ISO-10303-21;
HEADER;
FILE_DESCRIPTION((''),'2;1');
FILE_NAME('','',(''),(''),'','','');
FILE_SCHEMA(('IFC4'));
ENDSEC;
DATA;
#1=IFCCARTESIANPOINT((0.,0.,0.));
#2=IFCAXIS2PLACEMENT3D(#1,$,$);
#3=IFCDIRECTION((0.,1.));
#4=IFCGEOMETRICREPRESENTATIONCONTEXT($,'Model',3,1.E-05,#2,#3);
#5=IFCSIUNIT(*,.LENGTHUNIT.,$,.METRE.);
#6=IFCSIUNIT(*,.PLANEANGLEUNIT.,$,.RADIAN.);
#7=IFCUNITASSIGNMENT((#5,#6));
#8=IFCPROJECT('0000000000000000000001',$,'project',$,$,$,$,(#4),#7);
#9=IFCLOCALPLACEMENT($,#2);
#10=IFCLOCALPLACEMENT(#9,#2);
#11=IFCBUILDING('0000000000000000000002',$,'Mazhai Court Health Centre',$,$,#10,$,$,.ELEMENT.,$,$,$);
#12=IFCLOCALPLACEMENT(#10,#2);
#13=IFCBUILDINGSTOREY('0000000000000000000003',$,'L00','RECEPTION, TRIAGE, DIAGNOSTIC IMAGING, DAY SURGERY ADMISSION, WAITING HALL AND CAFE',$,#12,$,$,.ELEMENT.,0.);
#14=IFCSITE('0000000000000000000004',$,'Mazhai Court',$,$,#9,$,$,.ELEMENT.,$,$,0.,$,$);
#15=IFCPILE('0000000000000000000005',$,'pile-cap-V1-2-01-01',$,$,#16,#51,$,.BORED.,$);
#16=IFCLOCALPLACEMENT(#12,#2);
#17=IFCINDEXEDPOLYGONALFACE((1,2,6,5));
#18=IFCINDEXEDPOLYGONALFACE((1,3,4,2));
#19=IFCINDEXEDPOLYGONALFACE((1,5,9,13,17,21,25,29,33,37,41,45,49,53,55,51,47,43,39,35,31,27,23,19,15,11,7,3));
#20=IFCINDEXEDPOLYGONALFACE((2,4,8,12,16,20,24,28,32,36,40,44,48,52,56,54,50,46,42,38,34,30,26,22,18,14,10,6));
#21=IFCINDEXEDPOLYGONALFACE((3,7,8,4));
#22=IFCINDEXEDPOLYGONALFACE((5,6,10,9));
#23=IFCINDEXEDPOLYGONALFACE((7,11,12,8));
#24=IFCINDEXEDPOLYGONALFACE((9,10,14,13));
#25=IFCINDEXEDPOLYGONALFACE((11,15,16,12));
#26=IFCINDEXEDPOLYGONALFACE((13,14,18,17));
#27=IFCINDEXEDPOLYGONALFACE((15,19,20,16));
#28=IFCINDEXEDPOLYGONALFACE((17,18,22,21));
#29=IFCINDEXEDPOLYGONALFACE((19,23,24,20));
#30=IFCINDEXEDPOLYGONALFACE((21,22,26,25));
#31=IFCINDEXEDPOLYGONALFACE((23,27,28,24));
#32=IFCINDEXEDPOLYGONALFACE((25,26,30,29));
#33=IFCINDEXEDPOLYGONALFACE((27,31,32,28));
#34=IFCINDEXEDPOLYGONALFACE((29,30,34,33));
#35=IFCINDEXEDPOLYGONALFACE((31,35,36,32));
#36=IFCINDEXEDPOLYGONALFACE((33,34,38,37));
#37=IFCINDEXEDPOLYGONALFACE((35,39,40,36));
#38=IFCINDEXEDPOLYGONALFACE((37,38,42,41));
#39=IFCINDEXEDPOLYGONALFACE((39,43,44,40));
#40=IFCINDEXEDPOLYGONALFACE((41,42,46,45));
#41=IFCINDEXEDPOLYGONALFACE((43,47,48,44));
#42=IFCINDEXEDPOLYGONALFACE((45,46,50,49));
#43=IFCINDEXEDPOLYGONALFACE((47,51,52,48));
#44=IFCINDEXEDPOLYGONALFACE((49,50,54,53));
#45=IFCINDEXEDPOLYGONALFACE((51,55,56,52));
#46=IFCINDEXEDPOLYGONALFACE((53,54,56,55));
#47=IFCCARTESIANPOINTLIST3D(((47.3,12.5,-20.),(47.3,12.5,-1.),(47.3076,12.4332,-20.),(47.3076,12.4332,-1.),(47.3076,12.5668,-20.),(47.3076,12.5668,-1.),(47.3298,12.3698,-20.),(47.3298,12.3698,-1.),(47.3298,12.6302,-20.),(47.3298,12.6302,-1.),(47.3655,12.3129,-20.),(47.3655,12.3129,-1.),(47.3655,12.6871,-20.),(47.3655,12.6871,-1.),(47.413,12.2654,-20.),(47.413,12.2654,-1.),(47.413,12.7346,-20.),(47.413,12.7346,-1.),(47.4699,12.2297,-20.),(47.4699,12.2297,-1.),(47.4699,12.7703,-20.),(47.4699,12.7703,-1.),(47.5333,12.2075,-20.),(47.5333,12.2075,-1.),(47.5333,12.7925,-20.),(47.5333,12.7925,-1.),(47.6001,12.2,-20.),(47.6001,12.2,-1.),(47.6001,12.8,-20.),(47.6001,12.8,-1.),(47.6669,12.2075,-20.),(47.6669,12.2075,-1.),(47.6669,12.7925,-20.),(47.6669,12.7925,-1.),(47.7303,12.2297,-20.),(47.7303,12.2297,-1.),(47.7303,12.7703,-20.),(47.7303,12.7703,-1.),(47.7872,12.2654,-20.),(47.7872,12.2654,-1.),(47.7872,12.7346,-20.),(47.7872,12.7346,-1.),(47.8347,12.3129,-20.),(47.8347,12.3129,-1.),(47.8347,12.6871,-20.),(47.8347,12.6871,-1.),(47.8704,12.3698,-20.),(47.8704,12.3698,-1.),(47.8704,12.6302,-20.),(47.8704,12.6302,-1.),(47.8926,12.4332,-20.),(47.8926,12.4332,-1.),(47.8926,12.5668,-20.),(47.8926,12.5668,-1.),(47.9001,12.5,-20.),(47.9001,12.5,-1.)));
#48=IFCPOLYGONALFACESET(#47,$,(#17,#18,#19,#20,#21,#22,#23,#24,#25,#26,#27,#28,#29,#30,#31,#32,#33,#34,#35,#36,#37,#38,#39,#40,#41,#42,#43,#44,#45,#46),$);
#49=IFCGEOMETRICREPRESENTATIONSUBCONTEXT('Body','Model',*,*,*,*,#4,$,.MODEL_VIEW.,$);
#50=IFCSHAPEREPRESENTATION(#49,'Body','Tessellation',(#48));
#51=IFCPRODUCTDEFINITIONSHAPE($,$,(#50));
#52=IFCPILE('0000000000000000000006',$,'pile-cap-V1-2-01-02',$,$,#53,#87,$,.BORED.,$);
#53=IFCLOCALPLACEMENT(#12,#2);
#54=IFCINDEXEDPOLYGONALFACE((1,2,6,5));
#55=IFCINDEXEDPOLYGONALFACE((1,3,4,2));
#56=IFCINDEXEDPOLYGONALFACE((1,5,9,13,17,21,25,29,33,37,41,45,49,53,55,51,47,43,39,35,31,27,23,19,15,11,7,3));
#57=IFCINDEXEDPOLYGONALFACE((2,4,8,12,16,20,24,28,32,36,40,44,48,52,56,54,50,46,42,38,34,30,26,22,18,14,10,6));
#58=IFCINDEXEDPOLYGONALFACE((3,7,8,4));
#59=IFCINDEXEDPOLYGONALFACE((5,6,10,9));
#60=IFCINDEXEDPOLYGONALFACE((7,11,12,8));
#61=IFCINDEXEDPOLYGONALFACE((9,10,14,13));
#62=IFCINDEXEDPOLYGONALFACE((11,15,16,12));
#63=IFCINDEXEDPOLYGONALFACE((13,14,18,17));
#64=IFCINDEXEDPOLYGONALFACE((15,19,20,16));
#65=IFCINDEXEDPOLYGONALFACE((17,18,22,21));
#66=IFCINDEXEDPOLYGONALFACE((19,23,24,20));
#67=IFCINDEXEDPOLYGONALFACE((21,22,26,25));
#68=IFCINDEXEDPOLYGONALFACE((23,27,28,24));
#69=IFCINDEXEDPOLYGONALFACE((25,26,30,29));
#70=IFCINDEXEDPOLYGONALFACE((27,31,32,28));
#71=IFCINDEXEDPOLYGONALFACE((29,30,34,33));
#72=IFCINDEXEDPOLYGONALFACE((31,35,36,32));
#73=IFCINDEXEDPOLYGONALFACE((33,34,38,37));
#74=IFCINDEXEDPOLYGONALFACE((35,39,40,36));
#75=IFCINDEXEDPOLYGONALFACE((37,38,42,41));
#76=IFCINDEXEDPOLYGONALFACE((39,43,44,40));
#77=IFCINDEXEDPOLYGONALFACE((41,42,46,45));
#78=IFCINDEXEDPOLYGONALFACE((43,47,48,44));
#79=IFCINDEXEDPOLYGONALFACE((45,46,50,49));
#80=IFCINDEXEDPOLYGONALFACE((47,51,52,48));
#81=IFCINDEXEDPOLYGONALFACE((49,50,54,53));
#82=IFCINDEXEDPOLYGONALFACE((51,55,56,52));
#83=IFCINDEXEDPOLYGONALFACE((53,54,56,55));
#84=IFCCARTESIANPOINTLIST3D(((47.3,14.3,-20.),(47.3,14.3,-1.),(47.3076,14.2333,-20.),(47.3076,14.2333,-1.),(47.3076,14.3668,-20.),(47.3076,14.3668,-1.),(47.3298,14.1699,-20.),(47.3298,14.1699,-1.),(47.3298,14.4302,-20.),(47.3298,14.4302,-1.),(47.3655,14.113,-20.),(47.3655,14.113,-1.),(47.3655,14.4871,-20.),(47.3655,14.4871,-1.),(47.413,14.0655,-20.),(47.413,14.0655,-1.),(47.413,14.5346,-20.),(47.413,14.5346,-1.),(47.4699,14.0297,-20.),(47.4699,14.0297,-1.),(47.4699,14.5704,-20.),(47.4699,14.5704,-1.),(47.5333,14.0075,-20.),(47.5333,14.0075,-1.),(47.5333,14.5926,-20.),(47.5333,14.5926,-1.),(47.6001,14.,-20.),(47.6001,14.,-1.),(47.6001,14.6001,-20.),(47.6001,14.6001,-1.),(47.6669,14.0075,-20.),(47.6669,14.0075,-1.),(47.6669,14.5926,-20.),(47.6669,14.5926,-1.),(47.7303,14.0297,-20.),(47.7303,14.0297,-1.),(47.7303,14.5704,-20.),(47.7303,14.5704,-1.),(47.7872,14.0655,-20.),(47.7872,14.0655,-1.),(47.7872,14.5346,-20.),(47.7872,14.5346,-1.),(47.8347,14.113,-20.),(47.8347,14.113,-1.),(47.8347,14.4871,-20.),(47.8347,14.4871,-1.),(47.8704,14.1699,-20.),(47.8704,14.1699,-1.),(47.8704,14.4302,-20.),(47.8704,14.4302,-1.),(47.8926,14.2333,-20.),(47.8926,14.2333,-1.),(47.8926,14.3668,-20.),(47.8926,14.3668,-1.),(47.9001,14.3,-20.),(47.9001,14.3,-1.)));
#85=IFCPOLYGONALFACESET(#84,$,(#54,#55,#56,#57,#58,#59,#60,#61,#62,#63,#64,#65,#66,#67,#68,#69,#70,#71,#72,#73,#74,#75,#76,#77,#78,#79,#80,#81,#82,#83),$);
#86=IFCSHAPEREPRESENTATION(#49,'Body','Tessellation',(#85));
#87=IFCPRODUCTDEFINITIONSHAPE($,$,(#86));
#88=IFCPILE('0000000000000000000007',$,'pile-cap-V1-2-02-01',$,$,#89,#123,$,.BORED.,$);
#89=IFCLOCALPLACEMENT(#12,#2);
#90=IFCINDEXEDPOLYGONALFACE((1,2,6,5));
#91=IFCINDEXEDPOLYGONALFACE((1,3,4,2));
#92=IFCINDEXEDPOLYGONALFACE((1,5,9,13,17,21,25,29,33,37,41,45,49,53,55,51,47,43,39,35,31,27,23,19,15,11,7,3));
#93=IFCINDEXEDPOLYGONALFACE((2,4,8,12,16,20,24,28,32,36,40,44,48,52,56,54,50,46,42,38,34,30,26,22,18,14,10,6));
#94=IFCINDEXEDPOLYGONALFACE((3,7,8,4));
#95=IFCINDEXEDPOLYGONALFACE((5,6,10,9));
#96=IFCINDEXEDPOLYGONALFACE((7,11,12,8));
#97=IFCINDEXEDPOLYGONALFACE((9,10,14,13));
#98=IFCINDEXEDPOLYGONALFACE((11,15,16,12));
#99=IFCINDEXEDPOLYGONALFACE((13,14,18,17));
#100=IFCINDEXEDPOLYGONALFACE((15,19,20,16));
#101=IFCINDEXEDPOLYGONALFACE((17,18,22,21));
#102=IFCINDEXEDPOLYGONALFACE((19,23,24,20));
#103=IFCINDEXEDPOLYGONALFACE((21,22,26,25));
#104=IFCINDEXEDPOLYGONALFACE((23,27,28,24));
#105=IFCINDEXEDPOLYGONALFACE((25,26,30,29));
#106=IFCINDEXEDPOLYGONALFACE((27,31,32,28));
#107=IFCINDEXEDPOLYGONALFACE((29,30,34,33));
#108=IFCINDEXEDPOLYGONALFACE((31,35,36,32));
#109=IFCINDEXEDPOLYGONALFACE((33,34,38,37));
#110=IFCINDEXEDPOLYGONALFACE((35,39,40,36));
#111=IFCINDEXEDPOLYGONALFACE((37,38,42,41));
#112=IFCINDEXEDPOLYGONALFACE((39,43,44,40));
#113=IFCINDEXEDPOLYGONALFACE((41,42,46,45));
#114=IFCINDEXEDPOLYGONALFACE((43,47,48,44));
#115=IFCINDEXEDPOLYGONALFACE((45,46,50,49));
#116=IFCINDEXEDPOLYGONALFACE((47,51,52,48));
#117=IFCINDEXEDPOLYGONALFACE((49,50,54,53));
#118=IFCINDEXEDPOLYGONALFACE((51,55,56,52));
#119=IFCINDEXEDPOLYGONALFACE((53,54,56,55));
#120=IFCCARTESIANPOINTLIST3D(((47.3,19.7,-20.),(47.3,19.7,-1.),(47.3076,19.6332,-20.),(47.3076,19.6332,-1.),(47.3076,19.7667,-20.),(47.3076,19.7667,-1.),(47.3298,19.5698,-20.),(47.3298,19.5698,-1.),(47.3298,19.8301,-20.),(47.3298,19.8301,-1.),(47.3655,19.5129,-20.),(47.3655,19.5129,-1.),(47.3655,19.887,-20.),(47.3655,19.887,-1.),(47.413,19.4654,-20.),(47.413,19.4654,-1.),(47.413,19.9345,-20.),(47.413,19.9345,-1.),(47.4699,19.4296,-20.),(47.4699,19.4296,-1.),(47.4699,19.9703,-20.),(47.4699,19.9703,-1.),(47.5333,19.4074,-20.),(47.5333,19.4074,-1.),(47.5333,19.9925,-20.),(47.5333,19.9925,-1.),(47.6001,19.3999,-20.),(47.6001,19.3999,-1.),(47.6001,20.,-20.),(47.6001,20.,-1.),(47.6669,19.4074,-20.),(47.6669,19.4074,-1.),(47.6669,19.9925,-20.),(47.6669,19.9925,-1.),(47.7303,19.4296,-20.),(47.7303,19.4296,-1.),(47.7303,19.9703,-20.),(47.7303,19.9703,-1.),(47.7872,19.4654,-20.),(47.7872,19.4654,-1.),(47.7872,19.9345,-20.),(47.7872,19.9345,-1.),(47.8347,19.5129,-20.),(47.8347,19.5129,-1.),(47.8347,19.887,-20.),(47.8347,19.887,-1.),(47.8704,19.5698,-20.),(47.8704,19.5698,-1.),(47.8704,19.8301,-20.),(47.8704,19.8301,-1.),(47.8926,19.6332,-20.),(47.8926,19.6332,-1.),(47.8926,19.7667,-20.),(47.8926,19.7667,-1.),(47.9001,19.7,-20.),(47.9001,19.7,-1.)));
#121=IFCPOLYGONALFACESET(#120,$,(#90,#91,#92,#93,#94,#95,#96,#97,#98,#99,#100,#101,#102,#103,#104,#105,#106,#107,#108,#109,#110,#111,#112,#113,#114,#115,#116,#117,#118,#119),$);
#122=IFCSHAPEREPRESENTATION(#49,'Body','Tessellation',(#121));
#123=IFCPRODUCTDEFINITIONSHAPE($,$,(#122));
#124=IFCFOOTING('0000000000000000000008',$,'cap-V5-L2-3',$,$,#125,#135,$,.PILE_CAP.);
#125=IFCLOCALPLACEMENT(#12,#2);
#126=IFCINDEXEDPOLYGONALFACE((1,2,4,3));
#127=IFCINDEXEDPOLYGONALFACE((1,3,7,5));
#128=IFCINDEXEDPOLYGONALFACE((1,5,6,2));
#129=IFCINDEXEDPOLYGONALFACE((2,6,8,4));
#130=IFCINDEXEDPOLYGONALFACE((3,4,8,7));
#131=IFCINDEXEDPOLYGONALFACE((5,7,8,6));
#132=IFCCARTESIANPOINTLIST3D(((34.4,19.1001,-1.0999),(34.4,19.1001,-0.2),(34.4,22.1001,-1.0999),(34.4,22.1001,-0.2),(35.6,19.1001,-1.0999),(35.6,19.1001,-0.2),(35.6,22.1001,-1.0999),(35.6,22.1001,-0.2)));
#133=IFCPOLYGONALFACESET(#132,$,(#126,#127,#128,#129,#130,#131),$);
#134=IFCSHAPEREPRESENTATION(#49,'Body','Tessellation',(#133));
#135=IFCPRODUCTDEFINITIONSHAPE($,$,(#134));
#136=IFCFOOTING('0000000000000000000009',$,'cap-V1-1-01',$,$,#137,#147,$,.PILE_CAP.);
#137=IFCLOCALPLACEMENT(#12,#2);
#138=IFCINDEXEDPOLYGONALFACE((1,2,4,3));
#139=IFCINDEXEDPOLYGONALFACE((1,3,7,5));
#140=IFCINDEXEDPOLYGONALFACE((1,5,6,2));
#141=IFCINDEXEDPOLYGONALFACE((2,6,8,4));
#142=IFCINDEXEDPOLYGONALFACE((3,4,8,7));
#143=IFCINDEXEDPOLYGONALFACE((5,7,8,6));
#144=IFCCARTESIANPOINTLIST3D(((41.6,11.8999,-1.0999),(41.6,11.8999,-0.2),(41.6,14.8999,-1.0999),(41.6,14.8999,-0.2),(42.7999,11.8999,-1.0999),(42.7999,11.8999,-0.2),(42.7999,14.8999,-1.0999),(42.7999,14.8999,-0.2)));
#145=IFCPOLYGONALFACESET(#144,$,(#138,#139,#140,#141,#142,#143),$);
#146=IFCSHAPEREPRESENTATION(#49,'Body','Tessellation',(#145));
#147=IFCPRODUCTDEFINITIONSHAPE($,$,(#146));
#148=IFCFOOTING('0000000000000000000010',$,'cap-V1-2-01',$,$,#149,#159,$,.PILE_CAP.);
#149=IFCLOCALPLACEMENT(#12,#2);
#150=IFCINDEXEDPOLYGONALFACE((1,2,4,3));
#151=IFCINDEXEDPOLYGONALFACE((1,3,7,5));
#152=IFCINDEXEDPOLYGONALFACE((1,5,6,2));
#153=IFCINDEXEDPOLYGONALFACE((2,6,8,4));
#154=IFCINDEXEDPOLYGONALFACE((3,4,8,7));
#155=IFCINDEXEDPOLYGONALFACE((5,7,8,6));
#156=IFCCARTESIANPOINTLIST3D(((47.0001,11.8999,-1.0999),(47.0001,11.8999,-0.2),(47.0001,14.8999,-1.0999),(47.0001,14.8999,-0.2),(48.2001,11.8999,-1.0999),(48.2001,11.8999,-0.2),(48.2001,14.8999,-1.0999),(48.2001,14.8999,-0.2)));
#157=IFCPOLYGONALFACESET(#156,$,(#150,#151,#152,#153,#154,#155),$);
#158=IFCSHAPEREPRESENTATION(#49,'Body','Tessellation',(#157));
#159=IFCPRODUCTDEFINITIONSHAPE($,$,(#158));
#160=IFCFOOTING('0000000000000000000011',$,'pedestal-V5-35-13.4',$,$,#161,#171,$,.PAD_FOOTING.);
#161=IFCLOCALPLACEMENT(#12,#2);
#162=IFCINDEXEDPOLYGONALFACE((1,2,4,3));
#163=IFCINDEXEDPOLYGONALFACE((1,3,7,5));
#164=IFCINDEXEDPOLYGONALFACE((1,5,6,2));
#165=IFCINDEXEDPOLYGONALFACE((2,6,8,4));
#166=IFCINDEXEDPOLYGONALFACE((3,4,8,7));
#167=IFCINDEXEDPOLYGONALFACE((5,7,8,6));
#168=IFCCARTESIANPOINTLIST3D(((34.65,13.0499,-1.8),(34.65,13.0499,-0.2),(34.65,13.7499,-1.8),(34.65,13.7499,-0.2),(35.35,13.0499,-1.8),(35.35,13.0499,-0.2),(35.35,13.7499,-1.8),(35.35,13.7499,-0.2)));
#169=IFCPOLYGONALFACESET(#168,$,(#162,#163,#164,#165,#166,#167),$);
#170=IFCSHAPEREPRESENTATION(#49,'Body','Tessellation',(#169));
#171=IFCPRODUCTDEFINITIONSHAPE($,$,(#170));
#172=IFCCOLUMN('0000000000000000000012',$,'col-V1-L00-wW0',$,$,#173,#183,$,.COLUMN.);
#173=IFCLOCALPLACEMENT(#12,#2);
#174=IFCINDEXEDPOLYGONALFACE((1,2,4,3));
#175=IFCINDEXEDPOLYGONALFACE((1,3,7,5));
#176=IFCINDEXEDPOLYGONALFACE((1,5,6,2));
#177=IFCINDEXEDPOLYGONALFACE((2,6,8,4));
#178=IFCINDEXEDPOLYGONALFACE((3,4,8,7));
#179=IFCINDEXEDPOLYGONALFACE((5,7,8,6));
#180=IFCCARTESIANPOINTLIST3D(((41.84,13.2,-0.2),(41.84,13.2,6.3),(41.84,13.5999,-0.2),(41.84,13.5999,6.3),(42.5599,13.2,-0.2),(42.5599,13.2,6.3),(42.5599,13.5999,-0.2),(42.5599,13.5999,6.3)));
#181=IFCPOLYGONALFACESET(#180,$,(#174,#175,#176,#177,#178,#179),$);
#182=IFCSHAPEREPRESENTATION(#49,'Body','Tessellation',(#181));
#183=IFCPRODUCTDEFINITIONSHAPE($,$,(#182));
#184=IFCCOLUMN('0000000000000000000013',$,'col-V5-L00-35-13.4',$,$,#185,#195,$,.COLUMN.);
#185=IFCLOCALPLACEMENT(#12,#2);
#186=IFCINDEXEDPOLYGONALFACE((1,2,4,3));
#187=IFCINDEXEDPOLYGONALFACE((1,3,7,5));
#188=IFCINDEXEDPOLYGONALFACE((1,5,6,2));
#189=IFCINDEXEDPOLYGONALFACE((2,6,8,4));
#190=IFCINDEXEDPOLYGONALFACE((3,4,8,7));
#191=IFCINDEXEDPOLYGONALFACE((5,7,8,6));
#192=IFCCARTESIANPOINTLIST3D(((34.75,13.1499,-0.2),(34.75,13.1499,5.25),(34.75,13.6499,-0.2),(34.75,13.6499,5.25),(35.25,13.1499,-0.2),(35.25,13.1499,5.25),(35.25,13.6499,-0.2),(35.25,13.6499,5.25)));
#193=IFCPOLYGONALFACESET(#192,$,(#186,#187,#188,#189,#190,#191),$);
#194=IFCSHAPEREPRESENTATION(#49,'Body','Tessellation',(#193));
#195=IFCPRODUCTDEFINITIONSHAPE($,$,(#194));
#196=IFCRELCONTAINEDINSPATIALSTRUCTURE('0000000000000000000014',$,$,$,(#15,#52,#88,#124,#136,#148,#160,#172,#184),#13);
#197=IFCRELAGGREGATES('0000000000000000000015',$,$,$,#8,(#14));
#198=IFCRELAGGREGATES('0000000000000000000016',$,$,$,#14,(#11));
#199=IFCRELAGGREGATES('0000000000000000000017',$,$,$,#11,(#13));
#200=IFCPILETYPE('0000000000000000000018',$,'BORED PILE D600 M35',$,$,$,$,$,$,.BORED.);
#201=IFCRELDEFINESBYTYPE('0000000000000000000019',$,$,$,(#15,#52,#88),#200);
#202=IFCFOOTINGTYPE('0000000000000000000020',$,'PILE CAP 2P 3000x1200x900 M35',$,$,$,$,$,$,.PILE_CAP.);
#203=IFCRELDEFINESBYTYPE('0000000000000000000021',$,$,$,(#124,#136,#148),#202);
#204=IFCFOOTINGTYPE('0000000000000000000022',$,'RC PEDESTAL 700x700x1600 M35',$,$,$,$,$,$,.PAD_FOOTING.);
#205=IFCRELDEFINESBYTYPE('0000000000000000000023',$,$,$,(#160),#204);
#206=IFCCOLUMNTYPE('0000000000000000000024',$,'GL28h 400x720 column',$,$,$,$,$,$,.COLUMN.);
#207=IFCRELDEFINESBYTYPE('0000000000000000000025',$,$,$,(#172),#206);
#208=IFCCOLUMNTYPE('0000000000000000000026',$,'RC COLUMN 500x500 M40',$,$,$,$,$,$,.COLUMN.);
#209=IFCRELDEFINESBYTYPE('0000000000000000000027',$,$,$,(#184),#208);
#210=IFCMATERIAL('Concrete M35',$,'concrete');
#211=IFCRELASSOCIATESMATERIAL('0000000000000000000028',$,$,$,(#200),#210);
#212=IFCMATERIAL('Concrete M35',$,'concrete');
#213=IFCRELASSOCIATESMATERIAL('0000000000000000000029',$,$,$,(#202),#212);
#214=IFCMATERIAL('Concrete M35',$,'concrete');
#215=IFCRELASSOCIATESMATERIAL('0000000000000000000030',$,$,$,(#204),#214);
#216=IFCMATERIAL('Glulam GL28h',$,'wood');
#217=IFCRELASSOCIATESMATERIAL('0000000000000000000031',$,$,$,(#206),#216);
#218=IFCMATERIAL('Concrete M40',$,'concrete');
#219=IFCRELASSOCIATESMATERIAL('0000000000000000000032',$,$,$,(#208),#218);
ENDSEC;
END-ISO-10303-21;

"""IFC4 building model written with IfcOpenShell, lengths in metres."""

from ifc_helpers import new_model, si_unit, direction, frame, origin, origin_2d, place, context, subcontext, project, spatial, rectangle, circle, extrude, material, material_profile, profile_set, type_object, element, save


model = new_model("IFC4")

# Units and contexts
model_context = context("Model", 3, precision=1e-05, world=origin(), true_north=direction((0.0, 1.0)))
body_context = subcontext(model_context, "Body", "Model", "MODEL_VIEW")
ifc_project = project(units=[si_unit("LENGTHUNIT", "METRE"), si_unit("PLANEANGLEUNIT", "RADIAN")], contexts=[model_context])

# Site, building, storey
site_placement = place(None, origin())
site = spatial("IfcSite", under=ifc_project, at=site_placement, Name="Mazhai Court", CompositionType="ELEMENT", RefElevation=0.0)
building_placement = place(site_placement, origin())
building = spatial("IfcBuilding", under=site, at=building_placement, Name="Mazhai Court Health Centre", CompositionType="ELEMENT")
storey_placement = place(building_placement, origin())
storey = spatial("IfcBuildingStorey", under=building, at=storey_placement, Name="L00", Description="RECEPTION, TRIAGE, DIAGNOSTIC IMAGING, DAY SURGERY ADMISSION, WAITING HALL AND CAFE", CompositionType="ELEMENT", Elevation=0.0)

# Piles
ifc_material_1 = material(Name="Concrete M35", Category="concrete")
ifc_material_profile_1 = material_profile(ifc_material_1, circle(Radius=0.3, at=origin_2d()), Name="RC PILE D600")
ifc_profile_set_1 = profile_set([ifc_material_profile_1], Name="Concrete M35")
pile_type = type_object("IfcPileType", Name="BORED PILE D600 M35", PredefinedType="BORED", material=ifc_profile_set_1)
for number, where, z_axis, x_axis, name in (
    (1, (47.6001, 12.5, -1.0), (0.0, 0.0, -1.0), (1.0, 0.0, 0.0), "pile-cap-V1-2-01-01"),
    (2, (47.6001, 14.3, -1.0), (0.0, 0.0, -1.0), (1.0, 0.0, 0.0), "pile-cap-V1-2-01-02"),
    (3, (47.6001, 19.7, -1.0), (0.0, 0.0, -1.0), (1.0, 0.0, 0.0), "pile-cap-V1-2-02-01"),
):
    element("IfcPile", number, at=place(storey_placement, frame(where, z_axis=z_axis, x_axis=x_axis)), inside=storey, type_object=pile_type, Name=name, PredefinedType="BORED", context=body_context, shape_type="SweptSolid", body=[
        extrude(circle(Radius=0.3, at=origin_2d()), origin(), (0.0, 0.0, 1.0), 19.0),
    ])

# Footings
ifc_material_2 = material(Name="Concrete M35", Category="concrete")
footing_type_1 = type_object("IfcFootingType", Name="PILE CAP 2P 3000x1200x900 M35", PredefinedType="PILE_CAP", material=ifc_material_2)
for number, where, z_axis, x_axis, name in (
    (4, (35.0, 20.6001, -1.0999), (0.0, 0.0, 1.0), (1.0, 0.0, 0.0), "cap-V5-L2-3"),
    (5, (42.2, 13.3999, -1.0999), (0.0, 0.0, 1.0), (1.0, 0.0, 0.0), "cap-V1-1-01"),
    (6, (47.6001, 13.3999, -1.0999), (0.0, 0.0, 1.0), (1.0, 0.0, 0.0), "cap-V1-2-01"),
):
    element("IfcFooting", number, at=place(storey_placement, frame(where, z_axis=z_axis, x_axis=x_axis)), inside=storey, type_object=footing_type_1, Name=name, PredefinedType="PILE_CAP", context=body_context, shape_type="SweptSolid", body=[
        extrude(rectangle(XDim=1.2, YDim=3.0, at=origin_2d()), origin(), (0.0, 0.0, 1.0), 0.8999),
    ])
ifc_material_3 = material(Name="Concrete M35", Category="concrete")
footing_type_2 = type_object("IfcFootingType", Name="RC PEDESTAL 700x700x1600 M35", PredefinedType="PAD_FOOTING", material=ifc_material_3)
footing_placement = place(storey_placement, frame((35.0, 13.3999, -1.8), z_axis=(0.0, 0.0, 1.0), x_axis=(1.0, 0.0, 0.0)))
element("IfcFooting", 7, at=footing_placement, inside=storey, type_object=footing_type_2, Name="pedestal-V5-35-13.4", PredefinedType="PAD_FOOTING", context=body_context, shape_type="SweptSolid", body=[
    extrude(rectangle(XDim=0.7, YDim=0.7, at=origin_2d()), origin(), (0.0, 0.0, 1.0), 1.6001),
])

# Columns
ifc_material_4 = material(Name="Glulam GL28h", Category="wood")
ifc_material_profile_2 = material_profile(ifc_material_4, rectangle(XDim=0.3999, YDim=0.72, at=origin_2d()), Name="GL28h 400x720")
ifc_profile_set_2 = profile_set([ifc_material_profile_2], Name="Glulam GL28h")
column_type_1 = type_object("IfcColumnType", Name="GL28h 400x720 column", PredefinedType="COLUMN", material=ifc_profile_set_2)
column_1_placement = place(storey_placement, frame((42.2, 13.3999, -0.2), z_axis=(0.0, 0.0, 1.0), x_axis=(0.0, 1.0, 0.0)))
element("IfcColumn", 8, at=column_1_placement, inside=storey, type_object=column_type_1, Name="col-V1-L00-wW0", PredefinedType="COLUMN", context=body_context, shape_type="SweptSolid", body=[
    extrude(rectangle(XDim=0.3999, YDim=0.72, at=origin_2d()), origin(), (0.0, 0.0, 1.0), 6.5),
])
ifc_material_5 = material(Name="Concrete M40", Category="concrete")
ifc_material_profile_3 = material_profile(ifc_material_5, rectangle(XDim=0.5, YDim=0.5, at=origin_2d()), Name="RC 500x500")
ifc_profile_set_3 = profile_set([ifc_material_profile_3], Name="Concrete M40")
column_type_2 = type_object("IfcColumnType", Name="RC COLUMN 500x500 M40", PredefinedType="COLUMN", material=ifc_profile_set_3)
column_2_placement = place(storey_placement, frame((35.0, 13.3999, -0.2), z_axis=(0.0, 0.0, 1.0), x_axis=(1.0, 0.0, 0.0)))
element("IfcColumn", 9, at=column_2_placement, inside=storey, type_object=column_type_2, Name="col-V5-L00-35-13.4", PredefinedType="COLUMN", context=body_context, shape_type="SweptSolid", body=[
    extrude(rectangle(XDim=0.5, YDim=0.5, at=origin_2d()), origin(), (0.0, 0.0, 1.0), 5.45),
])

save(model, "model.ifc")
